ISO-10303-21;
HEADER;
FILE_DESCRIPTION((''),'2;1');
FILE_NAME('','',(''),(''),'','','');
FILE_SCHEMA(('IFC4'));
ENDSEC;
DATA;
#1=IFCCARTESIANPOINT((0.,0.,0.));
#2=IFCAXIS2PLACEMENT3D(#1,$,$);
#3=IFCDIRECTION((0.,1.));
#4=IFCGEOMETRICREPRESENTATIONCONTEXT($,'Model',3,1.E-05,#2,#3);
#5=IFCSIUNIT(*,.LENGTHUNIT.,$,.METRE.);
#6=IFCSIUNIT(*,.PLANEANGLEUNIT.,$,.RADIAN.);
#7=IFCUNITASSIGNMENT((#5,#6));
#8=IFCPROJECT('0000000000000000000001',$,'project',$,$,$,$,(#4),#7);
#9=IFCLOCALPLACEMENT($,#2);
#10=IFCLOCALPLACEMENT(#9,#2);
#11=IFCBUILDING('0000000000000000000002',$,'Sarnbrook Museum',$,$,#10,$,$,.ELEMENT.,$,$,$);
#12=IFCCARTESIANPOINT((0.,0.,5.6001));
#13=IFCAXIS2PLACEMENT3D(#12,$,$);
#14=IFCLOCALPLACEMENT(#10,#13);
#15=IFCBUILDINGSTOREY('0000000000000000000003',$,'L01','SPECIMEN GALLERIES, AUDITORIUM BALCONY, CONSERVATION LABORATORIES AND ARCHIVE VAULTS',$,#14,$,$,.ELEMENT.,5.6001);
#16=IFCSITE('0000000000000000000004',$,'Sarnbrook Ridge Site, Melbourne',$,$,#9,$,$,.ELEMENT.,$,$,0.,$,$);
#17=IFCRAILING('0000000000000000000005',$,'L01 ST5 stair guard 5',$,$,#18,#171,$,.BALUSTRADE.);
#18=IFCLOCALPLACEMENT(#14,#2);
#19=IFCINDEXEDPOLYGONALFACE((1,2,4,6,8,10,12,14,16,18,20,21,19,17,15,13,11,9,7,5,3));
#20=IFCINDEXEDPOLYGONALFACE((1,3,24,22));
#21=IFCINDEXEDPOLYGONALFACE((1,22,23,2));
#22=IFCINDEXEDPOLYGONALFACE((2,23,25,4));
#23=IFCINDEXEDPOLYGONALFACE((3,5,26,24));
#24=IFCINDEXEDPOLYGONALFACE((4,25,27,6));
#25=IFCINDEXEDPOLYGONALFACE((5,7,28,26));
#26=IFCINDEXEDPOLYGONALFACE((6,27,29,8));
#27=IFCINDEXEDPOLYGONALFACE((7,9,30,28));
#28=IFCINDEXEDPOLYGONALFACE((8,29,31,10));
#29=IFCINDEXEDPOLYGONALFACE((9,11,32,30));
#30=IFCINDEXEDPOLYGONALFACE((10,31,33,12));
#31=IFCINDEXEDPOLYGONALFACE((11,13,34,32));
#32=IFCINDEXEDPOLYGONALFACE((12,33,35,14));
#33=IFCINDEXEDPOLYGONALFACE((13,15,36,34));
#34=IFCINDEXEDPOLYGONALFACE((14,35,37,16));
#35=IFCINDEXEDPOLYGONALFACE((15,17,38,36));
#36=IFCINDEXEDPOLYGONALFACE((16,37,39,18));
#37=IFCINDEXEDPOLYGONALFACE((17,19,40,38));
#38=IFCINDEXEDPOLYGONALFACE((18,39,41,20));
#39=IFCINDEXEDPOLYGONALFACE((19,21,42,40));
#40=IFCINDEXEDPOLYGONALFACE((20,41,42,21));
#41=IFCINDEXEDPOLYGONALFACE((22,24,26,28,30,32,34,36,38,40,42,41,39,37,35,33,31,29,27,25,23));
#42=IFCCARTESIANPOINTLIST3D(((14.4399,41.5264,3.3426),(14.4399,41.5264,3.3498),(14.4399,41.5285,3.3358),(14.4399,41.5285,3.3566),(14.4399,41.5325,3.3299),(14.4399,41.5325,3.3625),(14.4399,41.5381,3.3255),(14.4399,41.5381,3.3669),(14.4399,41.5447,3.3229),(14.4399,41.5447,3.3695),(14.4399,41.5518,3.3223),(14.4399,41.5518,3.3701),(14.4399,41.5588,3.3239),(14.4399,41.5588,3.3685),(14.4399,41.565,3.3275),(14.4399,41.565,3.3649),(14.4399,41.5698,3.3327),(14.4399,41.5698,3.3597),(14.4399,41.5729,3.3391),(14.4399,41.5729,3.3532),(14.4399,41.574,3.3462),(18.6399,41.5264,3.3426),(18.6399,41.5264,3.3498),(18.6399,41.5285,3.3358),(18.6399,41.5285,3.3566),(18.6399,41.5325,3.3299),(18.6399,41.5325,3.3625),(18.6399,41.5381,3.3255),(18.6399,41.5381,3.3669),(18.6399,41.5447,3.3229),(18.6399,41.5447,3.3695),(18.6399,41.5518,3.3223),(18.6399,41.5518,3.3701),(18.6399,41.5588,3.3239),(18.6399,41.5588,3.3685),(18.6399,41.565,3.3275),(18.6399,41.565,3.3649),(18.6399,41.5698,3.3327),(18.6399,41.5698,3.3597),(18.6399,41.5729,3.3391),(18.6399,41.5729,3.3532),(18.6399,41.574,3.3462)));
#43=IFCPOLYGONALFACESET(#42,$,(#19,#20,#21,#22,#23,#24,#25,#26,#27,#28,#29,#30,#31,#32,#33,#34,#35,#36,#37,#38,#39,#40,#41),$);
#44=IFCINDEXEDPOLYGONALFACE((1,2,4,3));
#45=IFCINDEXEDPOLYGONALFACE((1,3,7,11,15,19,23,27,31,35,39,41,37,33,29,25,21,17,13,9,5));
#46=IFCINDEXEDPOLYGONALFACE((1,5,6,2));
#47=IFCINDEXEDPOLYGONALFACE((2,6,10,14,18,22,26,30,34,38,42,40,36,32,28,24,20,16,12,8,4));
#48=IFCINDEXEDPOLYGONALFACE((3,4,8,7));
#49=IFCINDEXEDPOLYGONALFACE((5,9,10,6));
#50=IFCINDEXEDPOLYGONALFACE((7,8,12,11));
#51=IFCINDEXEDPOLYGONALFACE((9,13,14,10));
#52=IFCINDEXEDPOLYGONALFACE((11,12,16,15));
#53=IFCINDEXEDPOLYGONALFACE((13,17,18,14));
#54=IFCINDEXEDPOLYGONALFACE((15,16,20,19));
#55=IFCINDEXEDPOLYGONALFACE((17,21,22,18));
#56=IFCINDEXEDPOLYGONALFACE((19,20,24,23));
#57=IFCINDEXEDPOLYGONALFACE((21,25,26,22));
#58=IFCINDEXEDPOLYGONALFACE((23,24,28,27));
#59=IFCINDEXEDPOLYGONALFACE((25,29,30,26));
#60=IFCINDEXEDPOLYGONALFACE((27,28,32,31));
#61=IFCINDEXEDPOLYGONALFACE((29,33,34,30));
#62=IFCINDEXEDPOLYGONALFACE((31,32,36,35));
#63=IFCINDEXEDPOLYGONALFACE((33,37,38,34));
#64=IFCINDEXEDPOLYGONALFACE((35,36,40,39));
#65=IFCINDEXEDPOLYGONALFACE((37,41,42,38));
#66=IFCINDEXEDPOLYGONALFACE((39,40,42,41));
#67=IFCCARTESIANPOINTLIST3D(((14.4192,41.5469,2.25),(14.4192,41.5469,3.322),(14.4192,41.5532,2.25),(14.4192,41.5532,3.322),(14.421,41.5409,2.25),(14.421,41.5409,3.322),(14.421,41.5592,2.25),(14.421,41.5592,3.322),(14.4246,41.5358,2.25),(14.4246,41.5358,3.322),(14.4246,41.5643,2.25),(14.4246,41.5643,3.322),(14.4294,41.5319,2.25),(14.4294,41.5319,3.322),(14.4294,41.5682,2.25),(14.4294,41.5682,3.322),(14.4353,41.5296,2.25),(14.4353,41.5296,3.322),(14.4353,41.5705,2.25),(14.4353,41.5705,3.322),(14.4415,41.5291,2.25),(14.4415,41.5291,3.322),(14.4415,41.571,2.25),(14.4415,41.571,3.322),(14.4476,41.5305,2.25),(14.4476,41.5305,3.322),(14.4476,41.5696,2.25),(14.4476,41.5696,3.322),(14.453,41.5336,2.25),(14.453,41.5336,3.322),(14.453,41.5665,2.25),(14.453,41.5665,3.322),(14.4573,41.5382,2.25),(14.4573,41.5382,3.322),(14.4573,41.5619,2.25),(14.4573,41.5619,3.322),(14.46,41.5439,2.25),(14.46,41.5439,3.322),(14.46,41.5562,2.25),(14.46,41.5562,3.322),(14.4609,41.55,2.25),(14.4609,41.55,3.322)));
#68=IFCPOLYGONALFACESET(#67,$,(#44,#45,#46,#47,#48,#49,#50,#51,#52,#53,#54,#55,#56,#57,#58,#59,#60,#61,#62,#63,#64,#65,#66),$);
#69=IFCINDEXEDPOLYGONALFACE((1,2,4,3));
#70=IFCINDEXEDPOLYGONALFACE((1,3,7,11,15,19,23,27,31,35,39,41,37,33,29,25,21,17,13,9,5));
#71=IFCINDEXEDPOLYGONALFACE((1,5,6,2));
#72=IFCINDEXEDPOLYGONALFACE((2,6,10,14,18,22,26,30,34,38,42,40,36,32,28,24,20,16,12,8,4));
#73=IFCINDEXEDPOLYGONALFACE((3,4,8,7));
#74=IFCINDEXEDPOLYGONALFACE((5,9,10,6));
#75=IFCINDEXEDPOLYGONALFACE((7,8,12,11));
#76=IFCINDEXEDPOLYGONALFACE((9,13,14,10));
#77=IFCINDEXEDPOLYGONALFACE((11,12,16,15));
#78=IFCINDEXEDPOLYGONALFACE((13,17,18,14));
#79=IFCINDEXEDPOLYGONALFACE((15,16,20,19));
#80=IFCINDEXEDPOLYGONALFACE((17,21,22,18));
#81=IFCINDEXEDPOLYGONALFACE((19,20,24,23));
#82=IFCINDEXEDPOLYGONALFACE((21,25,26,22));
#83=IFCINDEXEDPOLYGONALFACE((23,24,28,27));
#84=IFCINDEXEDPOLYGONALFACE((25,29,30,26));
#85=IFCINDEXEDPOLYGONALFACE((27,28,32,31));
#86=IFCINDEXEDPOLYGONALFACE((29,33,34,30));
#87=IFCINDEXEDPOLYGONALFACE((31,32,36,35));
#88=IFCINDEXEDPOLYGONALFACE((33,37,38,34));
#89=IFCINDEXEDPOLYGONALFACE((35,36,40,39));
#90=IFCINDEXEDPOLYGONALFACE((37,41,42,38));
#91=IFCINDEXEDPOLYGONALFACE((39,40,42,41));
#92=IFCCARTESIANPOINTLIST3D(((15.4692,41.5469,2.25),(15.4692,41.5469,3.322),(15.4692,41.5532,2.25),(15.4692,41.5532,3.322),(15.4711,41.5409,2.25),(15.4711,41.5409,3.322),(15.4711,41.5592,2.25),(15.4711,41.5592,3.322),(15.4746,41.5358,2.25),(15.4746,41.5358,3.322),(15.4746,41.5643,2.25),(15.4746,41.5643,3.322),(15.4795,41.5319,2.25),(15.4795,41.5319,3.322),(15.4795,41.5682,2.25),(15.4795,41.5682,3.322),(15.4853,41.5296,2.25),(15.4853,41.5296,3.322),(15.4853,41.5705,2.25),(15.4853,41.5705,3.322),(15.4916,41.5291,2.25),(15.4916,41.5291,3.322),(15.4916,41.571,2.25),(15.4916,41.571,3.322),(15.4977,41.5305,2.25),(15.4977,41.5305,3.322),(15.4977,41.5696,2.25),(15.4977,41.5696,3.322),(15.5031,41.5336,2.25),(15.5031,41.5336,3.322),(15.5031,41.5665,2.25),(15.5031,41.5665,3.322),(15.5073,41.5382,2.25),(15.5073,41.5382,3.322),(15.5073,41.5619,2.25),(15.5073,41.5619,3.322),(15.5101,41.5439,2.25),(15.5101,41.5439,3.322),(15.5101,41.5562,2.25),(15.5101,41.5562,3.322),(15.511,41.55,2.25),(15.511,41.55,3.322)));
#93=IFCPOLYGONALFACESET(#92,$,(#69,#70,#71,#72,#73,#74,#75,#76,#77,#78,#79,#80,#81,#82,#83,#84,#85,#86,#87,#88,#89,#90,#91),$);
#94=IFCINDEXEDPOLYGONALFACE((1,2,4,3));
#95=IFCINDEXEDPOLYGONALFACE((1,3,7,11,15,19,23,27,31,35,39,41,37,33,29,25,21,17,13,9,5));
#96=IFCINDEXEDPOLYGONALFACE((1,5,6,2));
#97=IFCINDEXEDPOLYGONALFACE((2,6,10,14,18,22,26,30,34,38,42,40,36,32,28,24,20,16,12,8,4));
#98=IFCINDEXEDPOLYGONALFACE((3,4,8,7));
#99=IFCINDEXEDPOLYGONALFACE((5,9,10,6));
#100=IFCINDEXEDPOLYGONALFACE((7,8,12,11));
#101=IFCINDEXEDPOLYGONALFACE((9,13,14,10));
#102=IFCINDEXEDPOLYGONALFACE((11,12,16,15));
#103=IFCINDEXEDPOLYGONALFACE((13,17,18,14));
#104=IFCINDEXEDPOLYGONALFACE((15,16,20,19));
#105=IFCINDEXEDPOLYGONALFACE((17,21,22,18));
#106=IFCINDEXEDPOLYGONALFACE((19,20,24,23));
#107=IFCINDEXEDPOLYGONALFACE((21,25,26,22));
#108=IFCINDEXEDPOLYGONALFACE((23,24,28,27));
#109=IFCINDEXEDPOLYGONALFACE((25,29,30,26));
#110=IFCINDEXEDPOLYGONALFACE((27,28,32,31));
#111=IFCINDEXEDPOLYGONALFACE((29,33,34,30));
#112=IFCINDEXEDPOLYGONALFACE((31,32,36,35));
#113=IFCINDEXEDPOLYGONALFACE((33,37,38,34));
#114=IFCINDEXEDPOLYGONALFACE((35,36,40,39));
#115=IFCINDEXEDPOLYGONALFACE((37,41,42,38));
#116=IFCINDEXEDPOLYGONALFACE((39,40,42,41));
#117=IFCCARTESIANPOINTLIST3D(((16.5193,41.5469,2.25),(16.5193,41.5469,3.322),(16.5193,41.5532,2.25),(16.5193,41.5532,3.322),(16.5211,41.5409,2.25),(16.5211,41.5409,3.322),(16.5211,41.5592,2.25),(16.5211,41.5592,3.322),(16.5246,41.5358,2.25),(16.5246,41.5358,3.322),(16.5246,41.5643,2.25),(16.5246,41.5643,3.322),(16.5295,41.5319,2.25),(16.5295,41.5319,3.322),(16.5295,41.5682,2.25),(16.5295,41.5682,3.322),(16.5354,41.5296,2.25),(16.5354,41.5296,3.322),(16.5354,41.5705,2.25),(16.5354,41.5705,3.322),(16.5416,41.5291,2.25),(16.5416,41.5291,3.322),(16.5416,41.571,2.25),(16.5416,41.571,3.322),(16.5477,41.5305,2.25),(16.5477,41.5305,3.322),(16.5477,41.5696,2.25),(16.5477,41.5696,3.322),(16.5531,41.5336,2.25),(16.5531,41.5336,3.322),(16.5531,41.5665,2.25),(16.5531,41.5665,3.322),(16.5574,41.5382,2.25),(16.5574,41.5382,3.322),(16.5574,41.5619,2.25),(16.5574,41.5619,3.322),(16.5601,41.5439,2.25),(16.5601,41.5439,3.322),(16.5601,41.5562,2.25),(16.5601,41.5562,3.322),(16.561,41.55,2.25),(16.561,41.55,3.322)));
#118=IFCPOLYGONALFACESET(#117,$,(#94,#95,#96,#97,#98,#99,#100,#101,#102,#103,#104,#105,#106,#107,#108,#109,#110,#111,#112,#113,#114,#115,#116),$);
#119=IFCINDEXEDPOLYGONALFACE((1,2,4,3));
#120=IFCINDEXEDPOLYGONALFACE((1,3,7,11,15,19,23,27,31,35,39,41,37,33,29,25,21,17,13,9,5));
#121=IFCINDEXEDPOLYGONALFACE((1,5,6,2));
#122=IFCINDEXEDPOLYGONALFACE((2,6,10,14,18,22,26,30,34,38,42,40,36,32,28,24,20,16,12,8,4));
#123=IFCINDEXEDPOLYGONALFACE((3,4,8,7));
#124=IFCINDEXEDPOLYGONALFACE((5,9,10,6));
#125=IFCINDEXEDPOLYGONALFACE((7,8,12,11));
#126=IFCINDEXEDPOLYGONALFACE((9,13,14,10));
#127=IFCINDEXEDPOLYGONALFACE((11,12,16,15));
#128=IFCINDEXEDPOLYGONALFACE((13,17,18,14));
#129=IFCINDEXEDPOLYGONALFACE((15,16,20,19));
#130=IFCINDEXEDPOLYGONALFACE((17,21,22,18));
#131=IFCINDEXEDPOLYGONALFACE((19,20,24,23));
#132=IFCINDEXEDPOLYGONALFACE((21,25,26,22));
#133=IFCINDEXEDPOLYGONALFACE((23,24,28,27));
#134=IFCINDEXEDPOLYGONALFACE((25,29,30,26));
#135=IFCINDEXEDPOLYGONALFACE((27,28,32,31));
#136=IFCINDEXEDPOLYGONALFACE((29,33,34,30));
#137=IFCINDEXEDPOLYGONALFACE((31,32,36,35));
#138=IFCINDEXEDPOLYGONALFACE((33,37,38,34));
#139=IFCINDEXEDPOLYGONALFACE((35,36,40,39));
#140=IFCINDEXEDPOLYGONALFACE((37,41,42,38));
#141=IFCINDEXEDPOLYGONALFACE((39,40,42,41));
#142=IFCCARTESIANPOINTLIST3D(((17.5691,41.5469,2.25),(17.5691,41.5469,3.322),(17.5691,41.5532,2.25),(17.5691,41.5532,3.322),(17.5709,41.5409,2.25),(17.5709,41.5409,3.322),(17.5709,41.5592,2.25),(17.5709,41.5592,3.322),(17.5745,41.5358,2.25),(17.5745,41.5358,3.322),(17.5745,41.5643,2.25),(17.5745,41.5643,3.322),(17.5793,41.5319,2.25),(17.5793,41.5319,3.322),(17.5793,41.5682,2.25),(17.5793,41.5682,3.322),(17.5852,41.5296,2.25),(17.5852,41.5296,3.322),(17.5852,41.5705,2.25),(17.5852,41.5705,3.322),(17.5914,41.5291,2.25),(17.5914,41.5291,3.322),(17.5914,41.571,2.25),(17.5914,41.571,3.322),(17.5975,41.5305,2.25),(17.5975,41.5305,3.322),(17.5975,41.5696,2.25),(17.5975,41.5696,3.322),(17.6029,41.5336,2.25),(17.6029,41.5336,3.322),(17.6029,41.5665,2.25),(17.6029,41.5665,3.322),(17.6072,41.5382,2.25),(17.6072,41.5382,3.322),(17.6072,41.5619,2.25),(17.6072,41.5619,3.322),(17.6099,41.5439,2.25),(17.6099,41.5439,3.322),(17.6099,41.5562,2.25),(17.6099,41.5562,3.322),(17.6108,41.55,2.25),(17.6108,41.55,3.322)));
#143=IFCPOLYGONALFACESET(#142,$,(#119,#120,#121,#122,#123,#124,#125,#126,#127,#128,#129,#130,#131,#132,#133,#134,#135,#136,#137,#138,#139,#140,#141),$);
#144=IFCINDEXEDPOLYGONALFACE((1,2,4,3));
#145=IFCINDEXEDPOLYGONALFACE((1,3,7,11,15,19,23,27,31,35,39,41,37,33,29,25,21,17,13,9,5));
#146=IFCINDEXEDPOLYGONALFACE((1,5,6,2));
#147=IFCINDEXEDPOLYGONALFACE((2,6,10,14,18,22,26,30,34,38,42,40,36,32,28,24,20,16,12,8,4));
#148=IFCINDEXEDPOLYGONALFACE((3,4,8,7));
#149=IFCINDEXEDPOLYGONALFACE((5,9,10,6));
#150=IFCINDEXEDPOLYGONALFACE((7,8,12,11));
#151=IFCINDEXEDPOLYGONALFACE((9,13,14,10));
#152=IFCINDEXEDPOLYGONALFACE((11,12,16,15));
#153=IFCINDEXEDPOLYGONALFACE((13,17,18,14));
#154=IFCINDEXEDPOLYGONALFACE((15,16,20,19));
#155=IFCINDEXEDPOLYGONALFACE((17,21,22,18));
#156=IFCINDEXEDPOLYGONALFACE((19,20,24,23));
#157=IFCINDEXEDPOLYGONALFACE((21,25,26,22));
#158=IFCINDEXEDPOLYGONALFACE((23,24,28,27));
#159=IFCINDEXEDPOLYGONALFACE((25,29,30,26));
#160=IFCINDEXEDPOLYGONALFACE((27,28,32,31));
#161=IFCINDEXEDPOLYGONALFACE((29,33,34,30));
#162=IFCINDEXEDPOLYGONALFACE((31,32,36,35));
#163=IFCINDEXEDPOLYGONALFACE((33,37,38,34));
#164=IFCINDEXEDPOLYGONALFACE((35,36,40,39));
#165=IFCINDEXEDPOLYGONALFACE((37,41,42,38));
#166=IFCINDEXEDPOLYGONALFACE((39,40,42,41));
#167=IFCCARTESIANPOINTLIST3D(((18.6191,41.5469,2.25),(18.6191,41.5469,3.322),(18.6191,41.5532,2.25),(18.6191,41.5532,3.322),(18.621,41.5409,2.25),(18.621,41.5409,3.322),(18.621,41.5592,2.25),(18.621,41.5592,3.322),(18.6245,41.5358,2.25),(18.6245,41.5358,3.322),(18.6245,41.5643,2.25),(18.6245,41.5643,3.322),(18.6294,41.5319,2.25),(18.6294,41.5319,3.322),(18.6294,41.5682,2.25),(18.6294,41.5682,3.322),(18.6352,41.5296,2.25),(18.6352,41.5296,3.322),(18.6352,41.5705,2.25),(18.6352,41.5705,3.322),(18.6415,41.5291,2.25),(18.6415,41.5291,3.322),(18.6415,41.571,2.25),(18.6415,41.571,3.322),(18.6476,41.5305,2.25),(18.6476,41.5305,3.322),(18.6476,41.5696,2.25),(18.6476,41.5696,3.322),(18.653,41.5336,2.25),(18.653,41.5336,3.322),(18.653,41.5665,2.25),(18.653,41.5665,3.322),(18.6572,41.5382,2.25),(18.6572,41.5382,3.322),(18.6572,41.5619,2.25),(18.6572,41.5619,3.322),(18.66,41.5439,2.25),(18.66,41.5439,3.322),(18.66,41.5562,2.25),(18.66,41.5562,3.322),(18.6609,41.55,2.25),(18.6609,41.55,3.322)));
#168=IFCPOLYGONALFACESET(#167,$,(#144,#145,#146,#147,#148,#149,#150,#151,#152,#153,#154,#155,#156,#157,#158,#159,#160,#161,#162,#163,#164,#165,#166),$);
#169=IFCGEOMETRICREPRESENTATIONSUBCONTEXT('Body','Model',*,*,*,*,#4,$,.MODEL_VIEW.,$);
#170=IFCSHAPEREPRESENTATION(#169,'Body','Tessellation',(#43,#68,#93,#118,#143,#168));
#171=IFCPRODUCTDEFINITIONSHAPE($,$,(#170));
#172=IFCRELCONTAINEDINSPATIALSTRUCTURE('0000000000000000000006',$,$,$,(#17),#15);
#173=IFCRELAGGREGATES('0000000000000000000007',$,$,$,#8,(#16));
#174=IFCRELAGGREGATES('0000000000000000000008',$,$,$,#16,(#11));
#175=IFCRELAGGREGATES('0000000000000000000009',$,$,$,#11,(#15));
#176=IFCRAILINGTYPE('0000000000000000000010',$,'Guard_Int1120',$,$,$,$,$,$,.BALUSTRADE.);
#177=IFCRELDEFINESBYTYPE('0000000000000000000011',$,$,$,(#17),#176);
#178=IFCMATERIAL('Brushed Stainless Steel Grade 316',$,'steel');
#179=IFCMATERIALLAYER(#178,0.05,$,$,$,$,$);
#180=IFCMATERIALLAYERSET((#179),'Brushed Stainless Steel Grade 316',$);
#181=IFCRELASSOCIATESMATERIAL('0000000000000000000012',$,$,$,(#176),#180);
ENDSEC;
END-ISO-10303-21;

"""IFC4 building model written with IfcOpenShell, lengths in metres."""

from ifc_helpers import new_model, si_unit, direction, frame, origin, origin_2d, place, context, subcontext, project, spatial, circle, extrude, material, layer, layer_set, type_object, element, save


model = new_model("IFC4")

# Units and contexts
model_context = context("Model", 3, precision=1e-05, world=origin(), true_north=direction((0.0, 1.0)))
body_context = subcontext(model_context, "Body", "Model", "MODEL_VIEW")
ifc_project = project(units=[si_unit("LENGTHUNIT", "METRE"), si_unit("PLANEANGLEUNIT", "RADIAN")], contexts=[model_context])

# Site, building, storey
site_placement = place(None, origin())
site = spatial("IfcSite", under=ifc_project, at=site_placement, Name="Sarnbrook Ridge Site, Melbourne", CompositionType="ELEMENT", RefElevation=0.0)
building_placement = place(site_placement, origin())
building = spatial("IfcBuilding", under=site, at=building_placement, Name="Sarnbrook Museum", CompositionType="ELEMENT")
storey_placement = place(building_placement, frame((0.0, 0.0, 5.6001)))
storey = spatial("IfcBuildingStorey", under=building, at=storey_placement, Name="L01", Description="SPECIMEN GALLERIES, AUDITORIUM BALCONY, CONSERVATION LABORATORIES AND ARCHIVE VAULTS", CompositionType="ELEMENT", Elevation=5.6001)

# Railing
ifc_material_1 = material(Name="Brushed Stainless Steel Grade 316", Category="steel")
ifc_layer_1 = layer(ifc_material_1, 0.05)
ifc_layer_set_1 = layer_set([ifc_layer_1], Name="Brushed Stainless Steel Grade 316")
railing_type = type_object("IfcRailingType", Name="Guard_Int1120", PredefinedType="BALUSTRADE", material=ifc_layer_set_1)
railing_1_placement = place(storey_placement, frame((14.4399, 41.55, 2.25)))
element("IfcRailing", 1, at=railing_1_placement, inside=storey, type_object=railing_type, Name="L01 ST5 stair guard 5", PredefinedType="BALUSTRADE", context=body_context, shape_type="SweptSolid", body=[
    extrude(circle(Radius=0.0239, at=origin_2d()), frame((0.0, 0.0, 1.0962), z_axis=(1.0, 0.0, 0.0), x_axis=(0.0, 1.0, 0.0)), (0.0, 0.0, 1.0), 4.2),
    extrude(circle(Radius=0.021, at=origin_2d()), origin(), (0.0, 0.0, 1.0), 1.072),
    extrude(circle(Radius=0.021, at=origin_2d()), frame((1.05, 0.0, 0.0)), (0.0, 0.0, 1.0), 1.072),
    extrude(circle(Radius=0.021, at=origin_2d()), frame((2.1001, 0.0, 0.0)), (0.0, 0.0, 1.0), 1.072),
    extrude(circle(Radius=0.021, at=origin_2d()), frame((3.1499, 0.0, 0.0)), (0.0, 0.0, 1.0), 1.072),
    extrude(circle(Radius=0.021, at=origin_2d()), frame((4.2, 0.0, 0.0)), (0.0, 0.0, 1.0), 1.072),
])

save(model, "model.ifc")
